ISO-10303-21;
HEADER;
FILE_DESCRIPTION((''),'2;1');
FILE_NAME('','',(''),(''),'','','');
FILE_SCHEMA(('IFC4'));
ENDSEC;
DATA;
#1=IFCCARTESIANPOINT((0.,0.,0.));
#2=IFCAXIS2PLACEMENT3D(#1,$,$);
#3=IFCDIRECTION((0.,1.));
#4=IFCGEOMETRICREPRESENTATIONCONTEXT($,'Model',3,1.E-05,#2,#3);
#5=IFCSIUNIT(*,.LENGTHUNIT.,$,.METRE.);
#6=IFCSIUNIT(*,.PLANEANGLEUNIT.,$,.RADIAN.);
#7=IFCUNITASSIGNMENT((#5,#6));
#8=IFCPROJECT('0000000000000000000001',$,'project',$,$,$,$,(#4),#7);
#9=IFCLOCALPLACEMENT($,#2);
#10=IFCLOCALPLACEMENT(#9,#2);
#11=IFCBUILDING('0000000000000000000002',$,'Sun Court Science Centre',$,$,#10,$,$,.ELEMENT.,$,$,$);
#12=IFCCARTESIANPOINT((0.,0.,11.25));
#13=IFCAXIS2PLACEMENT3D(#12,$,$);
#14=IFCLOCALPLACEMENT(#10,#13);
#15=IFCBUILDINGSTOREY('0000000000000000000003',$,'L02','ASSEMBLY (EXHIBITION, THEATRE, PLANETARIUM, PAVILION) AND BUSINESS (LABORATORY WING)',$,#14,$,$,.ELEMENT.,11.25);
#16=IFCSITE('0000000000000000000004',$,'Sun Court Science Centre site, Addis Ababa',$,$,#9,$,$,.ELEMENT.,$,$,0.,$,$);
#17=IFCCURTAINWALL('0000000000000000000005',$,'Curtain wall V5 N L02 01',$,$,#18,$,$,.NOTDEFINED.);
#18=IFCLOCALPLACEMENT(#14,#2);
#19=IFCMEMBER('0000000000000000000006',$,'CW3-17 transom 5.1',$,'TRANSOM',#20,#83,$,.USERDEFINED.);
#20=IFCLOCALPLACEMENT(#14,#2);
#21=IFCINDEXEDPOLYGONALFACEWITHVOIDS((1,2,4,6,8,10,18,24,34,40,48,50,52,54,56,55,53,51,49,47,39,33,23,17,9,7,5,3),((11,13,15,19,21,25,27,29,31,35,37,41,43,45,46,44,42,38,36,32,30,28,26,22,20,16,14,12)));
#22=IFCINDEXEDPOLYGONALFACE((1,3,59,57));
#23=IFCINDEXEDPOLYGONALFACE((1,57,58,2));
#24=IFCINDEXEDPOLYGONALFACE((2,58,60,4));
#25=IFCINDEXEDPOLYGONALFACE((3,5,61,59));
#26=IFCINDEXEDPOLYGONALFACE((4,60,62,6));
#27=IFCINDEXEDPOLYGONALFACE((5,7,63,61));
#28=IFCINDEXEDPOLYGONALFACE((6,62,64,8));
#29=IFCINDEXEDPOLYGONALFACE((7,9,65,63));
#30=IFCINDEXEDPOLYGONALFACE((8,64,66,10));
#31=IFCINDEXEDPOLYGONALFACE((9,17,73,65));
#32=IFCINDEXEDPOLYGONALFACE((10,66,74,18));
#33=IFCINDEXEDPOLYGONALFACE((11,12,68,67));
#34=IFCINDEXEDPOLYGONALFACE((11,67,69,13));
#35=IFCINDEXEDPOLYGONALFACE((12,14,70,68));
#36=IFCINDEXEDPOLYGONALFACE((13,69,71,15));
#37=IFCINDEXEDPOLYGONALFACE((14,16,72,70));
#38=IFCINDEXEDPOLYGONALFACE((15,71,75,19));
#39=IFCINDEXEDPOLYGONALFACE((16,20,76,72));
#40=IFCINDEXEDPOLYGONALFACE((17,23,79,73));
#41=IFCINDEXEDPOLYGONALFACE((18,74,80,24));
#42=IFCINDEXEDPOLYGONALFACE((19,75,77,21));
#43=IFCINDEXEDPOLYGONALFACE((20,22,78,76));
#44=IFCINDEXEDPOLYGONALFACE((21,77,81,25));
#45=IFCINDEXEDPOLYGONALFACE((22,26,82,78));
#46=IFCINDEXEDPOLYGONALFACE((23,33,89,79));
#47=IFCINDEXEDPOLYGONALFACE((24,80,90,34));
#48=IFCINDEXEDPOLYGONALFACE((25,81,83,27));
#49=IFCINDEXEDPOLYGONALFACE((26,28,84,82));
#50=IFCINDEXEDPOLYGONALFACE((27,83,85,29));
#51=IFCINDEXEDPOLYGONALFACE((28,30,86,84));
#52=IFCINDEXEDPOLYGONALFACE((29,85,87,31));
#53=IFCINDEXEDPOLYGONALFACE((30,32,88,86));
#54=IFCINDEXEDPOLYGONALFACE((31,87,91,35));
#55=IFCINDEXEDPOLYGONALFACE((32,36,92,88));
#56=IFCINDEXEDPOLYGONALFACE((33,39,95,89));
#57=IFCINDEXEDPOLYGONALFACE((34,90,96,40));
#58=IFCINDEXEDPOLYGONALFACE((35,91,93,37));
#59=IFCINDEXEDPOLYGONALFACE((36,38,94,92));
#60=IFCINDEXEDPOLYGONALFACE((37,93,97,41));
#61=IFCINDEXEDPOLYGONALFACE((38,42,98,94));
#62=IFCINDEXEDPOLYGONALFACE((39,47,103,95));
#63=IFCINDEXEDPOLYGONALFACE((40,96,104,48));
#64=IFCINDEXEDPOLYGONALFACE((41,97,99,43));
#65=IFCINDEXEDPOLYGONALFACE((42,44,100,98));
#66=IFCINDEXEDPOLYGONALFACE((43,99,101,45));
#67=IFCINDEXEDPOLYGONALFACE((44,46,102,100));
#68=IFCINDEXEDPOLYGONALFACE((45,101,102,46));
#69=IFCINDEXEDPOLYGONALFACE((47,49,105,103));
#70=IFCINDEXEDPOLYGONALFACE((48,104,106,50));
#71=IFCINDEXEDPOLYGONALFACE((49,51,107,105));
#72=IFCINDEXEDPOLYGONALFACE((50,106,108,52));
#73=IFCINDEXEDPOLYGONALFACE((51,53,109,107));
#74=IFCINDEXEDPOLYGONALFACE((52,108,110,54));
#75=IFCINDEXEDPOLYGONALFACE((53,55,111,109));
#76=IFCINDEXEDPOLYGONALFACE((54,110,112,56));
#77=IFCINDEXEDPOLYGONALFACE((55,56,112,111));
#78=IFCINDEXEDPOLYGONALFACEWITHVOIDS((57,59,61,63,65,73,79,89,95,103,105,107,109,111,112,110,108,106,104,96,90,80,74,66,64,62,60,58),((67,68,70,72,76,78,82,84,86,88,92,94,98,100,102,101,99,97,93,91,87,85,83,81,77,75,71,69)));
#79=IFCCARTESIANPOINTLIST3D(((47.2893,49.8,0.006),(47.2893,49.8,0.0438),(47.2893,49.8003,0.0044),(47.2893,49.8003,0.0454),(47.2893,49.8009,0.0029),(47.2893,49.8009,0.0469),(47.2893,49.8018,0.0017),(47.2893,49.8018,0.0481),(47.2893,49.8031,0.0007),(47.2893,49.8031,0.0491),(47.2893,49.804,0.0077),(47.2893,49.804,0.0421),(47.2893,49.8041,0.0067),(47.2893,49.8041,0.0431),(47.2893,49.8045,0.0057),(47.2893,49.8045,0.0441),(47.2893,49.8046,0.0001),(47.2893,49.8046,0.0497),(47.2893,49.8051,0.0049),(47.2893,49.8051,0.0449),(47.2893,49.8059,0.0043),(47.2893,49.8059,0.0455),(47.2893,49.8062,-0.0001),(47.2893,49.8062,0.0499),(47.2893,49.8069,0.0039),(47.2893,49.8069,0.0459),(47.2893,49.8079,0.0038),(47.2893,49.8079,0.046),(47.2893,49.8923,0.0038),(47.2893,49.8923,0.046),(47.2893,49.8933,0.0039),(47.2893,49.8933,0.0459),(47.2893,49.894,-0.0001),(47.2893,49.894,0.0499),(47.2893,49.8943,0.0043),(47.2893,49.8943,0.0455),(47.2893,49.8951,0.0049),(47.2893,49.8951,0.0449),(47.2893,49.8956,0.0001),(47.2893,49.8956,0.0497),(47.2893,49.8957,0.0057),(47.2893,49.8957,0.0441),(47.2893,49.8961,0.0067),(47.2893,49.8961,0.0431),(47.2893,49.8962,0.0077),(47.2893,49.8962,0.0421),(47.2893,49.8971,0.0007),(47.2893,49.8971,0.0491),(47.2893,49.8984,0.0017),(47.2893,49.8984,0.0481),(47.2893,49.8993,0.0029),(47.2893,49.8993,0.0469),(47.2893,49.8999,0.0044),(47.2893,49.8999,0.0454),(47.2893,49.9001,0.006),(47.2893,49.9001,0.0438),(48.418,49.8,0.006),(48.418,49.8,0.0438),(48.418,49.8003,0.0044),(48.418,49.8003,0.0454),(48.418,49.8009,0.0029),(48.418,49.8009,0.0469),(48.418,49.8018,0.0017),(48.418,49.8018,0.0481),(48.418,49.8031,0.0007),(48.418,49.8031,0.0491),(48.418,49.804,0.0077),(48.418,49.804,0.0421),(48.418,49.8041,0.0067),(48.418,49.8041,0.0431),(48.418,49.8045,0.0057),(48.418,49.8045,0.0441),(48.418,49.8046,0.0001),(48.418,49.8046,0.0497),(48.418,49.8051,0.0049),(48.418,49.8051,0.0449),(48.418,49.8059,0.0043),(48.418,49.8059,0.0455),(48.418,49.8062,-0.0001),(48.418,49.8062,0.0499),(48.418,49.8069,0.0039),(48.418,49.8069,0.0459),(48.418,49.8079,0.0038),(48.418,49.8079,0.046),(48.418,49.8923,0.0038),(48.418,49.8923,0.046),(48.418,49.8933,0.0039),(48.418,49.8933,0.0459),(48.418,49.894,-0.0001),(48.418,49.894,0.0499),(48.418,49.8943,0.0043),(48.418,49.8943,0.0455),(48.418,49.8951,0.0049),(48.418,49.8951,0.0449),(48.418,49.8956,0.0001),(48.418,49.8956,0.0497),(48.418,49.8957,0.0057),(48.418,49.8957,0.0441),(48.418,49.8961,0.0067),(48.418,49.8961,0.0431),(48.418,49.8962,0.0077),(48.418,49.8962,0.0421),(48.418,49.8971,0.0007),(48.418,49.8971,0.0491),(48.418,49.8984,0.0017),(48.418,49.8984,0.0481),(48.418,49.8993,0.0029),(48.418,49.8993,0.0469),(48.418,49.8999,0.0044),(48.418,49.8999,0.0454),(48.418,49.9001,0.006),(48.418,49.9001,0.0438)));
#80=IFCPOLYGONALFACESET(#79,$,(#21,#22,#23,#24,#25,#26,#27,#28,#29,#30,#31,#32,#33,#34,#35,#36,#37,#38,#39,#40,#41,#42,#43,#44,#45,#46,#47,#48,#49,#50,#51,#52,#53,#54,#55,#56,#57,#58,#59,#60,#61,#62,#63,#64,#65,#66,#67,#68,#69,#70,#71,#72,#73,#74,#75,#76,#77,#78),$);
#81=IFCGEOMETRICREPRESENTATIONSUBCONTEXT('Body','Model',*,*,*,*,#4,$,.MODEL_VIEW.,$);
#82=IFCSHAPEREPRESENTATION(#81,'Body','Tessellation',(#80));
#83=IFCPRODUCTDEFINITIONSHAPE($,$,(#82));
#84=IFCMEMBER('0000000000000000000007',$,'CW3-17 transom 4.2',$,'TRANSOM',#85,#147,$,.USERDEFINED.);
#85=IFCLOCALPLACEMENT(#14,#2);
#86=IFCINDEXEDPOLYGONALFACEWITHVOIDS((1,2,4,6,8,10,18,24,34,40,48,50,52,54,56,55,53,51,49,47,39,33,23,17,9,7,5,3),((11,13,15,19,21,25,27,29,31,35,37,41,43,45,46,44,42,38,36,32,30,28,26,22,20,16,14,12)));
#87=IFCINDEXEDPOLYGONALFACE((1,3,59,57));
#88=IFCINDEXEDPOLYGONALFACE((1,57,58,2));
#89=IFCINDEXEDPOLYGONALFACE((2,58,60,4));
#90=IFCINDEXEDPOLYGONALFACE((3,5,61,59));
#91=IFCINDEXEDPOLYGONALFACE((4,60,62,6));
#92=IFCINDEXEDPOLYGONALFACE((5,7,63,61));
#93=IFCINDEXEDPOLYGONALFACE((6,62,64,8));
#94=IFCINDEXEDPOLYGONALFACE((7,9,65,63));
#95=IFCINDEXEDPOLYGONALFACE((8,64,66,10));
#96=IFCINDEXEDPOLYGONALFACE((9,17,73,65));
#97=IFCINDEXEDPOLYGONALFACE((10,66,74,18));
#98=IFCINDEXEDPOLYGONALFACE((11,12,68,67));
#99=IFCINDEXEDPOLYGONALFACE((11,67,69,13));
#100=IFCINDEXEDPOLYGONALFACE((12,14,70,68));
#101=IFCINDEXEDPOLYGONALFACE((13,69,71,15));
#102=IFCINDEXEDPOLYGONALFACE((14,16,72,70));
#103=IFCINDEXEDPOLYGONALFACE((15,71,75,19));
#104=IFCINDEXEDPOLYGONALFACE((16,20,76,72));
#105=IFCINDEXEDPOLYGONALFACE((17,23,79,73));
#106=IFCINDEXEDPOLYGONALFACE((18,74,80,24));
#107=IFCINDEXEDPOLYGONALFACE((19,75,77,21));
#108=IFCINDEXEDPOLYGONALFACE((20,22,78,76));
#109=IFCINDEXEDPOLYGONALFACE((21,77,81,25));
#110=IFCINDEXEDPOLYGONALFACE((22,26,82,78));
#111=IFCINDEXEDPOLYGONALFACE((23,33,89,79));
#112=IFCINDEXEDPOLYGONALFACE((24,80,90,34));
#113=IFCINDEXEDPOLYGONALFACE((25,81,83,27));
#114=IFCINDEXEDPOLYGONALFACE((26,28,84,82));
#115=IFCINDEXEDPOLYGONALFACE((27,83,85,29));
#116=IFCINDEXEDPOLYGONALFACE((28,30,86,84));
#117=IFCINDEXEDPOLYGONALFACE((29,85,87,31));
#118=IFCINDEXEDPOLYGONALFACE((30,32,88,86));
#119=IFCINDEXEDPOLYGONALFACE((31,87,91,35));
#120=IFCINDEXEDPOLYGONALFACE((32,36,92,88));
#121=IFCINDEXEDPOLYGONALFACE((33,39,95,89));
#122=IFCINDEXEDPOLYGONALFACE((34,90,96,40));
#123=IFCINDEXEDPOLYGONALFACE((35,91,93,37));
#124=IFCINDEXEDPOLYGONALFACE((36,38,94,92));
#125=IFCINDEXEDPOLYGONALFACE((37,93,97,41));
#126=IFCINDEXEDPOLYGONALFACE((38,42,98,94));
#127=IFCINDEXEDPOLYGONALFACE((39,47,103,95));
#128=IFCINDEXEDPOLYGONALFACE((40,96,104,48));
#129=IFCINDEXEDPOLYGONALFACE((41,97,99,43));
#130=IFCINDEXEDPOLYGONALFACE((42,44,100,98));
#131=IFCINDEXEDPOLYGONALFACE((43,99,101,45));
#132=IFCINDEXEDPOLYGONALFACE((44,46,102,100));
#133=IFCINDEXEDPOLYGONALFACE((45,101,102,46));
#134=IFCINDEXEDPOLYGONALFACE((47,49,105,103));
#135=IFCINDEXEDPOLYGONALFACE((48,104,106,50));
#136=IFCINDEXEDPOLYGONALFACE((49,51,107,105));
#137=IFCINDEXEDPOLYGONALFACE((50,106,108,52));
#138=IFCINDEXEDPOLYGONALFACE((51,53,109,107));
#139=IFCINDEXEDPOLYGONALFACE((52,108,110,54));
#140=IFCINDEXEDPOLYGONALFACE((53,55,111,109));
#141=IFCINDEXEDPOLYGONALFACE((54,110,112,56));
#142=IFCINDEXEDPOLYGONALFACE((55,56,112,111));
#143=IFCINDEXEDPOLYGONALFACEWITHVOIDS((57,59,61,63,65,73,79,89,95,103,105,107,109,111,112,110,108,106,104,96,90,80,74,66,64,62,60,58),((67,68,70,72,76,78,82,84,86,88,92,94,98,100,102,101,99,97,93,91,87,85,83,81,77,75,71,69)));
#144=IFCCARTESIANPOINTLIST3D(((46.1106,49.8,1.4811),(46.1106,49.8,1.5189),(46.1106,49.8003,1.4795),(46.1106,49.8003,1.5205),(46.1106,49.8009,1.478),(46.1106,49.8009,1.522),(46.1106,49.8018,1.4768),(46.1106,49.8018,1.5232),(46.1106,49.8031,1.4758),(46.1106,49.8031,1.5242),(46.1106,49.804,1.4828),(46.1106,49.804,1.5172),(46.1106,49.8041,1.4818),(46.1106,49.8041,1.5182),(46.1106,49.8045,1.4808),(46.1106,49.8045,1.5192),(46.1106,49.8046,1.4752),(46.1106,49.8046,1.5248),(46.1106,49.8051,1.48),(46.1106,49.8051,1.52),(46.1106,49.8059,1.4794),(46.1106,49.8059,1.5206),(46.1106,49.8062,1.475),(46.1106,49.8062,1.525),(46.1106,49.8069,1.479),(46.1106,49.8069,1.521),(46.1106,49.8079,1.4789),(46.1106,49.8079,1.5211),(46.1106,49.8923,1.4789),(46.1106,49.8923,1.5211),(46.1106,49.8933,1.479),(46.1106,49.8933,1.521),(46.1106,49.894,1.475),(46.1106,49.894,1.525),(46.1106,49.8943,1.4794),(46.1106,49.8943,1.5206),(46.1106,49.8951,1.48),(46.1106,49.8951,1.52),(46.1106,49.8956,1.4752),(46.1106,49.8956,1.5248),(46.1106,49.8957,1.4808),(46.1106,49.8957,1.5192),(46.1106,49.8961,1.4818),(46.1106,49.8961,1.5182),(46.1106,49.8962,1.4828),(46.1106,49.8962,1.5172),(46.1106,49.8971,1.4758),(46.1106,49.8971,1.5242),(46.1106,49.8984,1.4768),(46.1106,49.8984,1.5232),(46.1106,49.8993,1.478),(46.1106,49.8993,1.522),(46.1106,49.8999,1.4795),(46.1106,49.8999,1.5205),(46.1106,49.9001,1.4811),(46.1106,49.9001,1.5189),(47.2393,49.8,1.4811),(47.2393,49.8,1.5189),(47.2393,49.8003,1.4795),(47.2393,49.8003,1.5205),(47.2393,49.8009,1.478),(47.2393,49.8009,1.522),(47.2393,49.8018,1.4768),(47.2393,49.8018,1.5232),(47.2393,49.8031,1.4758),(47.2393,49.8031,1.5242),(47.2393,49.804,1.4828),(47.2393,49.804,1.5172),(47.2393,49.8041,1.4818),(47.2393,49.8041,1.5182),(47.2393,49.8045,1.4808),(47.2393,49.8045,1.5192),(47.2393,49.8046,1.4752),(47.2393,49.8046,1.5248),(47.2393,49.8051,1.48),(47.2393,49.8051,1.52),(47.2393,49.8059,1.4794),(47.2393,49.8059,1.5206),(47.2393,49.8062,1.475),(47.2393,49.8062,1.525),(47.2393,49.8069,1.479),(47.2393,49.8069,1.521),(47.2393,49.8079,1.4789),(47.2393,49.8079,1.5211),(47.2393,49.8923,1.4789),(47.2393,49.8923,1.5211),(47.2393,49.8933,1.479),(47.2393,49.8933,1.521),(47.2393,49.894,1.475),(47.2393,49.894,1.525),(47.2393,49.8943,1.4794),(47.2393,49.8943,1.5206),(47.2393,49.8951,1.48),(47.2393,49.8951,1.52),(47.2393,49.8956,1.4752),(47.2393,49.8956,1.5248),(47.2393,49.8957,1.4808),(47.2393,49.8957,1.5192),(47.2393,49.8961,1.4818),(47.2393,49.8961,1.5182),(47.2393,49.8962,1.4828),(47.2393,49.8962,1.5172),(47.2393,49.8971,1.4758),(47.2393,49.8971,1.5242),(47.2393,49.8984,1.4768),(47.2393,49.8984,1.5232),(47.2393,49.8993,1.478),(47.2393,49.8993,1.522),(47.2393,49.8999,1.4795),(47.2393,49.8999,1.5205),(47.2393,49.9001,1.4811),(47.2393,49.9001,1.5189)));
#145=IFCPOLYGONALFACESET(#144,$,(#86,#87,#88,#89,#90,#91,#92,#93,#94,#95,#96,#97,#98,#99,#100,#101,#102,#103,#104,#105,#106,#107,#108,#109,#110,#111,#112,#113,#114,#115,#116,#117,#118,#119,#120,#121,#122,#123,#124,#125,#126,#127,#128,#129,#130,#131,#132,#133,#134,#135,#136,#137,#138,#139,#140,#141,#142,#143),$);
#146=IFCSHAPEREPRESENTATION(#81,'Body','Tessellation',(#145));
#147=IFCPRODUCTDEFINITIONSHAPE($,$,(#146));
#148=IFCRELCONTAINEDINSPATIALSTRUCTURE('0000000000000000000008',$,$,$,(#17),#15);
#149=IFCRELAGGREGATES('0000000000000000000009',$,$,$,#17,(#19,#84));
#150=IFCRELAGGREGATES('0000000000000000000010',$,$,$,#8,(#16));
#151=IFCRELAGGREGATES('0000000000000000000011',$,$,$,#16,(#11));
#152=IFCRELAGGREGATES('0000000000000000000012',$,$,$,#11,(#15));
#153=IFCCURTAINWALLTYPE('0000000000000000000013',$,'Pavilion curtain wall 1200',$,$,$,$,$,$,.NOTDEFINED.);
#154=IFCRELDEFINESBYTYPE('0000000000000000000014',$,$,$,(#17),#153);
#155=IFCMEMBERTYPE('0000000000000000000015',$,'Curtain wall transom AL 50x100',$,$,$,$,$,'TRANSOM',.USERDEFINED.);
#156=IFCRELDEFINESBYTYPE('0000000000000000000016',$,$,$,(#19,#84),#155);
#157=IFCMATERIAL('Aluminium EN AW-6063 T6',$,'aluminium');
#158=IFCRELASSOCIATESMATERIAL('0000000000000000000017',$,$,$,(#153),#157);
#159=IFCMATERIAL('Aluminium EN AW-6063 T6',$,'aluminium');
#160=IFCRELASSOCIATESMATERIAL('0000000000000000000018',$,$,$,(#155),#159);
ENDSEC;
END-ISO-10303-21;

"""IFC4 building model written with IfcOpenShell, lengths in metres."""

from ifc_helpers import new_model, si_unit, direction, frame, origin, origin_2d, place, context, subcontext, project, spatial, hollow_rectangle, extrude, material, material_profile, profile_set, type_object, element, aggregate, save


model = new_model("IFC4")

# Units and contexts
model_context = context("Model", 3, precision=1e-05, world=origin(), true_north=direction((0.0, 1.0)))
body_context = subcontext(model_context, "Body", "Model", "MODEL_VIEW")
ifc_project = project(units=[si_unit("LENGTHUNIT", "METRE"), si_unit("PLANEANGLEUNIT", "RADIAN")], contexts=[model_context])

# Site, building, storey
site_placement = place(None, origin())
site = spatial("IfcSite", under=ifc_project, at=site_placement, Name="Sun Court Science Centre site, Addis Ababa", CompositionType="ELEMENT", RefElevation=0.0)
building_placement = place(site_placement, origin())
building = spatial("IfcBuilding", under=site, at=building_placement, Name="Sun Court Science Centre", CompositionType="ELEMENT")
storey_placement = place(building_placement, frame((0.0, 0.0, 11.25)))
storey = spatial("IfcBuildingStorey", under=building, at=storey_placement, Name="L02", Description="ASSEMBLY (EXHIBITION, THEATRE, PLANETARIUM, PAVILION) AND BUSINESS (LABORATORY WING)", CompositionType="ELEMENT", Elevation=11.25)

# Shared definitions
ifc_material_1 = material(Name="Aluminium EN AW-6063 T6", Category="aluminium")
curtain_wall_type = type_object("IfcCurtainWallType", Name="Pavilion curtain wall 1200", PredefinedType="NOTDEFINED", material=ifc_material_1)

# Curtain wall, members
curtain_wall_1_placement = place(storey_placement, origin())
curtain_wall_1 = element("IfcCurtainWall", 1, at=curtain_wall_1_placement, inside=storey, type_object=curtain_wall_type, Name="Curtain wall V5 N L02 01", PredefinedType="NOTDEFINED")
ifc_material_2 = material(Name="Aluminium EN AW-6063 T6", Category="aluminium")
ifc_material_profile_1 = material_profile(ifc_material_2, hollow_rectangle(XDim=0.05, YDim=0.1001, WallThickness=0.0039, InnerFilletRadius=0.0039, OuterFilletRadius=0.0061, at=origin_2d()), Name="AL 50x100x4")
ifc_profile_set_1 = profile_set([ifc_material_profile_1], Name="Aluminium EN AW-6063 T6")
member_type_1 = type_object("IfcMemberType", Name="Curtain wall transom AL 50x100", ElementType="TRANSOM", PredefinedType="USERDEFINED", material=ifc_profile_set_1)
member_1_placement = place(storey_placement, frame((47.2893, 49.8501, 0.0249), z_axis=(1.0, 0.0, 0.0), x_axis=(0.0, 0.0, 1.0)))
member_1 = element("IfcMember", 2, at=member_1_placement, type_object=member_type_1, Name="CW3-17 transom 5.1", ObjectType="TRANSOM", PredefinedType="USERDEFINED", context=body_context, shape_type="SweptSolid", body=[
    extrude(hollow_rectangle(XDim=0.05, YDim=0.1001, WallThickness=0.0039, InnerFilletRadius=0.0039, OuterFilletRadius=0.0061, at=origin_2d()), origin(), (0.0, 0.0, 1.0), 1.1287),
])
member_2_placement = place(storey_placement, frame((46.1106, 49.8501, 1.5), z_axis=(1.0, 0.0, 0.0), x_axis=(0.0, 0.0, 1.0)))
member_2 = element("IfcMember", 3, at=member_2_placement, type_object=member_type_1, Name="CW3-17 transom 4.2", ObjectType="TRANSOM", PredefinedType="USERDEFINED", context=body_context, shape_type="SweptSolid", body=[
    extrude(hollow_rectangle(XDim=0.05, YDim=0.1001, WallThickness=0.0039, InnerFilletRadius=0.0039, OuterFilletRadius=0.0061, at=origin_2d()), origin(), (0.0, 0.0, 1.0), 1.1287),
])

aggregate(curtain_wall_1, [member_1, member_2])

save(model, "model.ifc")
